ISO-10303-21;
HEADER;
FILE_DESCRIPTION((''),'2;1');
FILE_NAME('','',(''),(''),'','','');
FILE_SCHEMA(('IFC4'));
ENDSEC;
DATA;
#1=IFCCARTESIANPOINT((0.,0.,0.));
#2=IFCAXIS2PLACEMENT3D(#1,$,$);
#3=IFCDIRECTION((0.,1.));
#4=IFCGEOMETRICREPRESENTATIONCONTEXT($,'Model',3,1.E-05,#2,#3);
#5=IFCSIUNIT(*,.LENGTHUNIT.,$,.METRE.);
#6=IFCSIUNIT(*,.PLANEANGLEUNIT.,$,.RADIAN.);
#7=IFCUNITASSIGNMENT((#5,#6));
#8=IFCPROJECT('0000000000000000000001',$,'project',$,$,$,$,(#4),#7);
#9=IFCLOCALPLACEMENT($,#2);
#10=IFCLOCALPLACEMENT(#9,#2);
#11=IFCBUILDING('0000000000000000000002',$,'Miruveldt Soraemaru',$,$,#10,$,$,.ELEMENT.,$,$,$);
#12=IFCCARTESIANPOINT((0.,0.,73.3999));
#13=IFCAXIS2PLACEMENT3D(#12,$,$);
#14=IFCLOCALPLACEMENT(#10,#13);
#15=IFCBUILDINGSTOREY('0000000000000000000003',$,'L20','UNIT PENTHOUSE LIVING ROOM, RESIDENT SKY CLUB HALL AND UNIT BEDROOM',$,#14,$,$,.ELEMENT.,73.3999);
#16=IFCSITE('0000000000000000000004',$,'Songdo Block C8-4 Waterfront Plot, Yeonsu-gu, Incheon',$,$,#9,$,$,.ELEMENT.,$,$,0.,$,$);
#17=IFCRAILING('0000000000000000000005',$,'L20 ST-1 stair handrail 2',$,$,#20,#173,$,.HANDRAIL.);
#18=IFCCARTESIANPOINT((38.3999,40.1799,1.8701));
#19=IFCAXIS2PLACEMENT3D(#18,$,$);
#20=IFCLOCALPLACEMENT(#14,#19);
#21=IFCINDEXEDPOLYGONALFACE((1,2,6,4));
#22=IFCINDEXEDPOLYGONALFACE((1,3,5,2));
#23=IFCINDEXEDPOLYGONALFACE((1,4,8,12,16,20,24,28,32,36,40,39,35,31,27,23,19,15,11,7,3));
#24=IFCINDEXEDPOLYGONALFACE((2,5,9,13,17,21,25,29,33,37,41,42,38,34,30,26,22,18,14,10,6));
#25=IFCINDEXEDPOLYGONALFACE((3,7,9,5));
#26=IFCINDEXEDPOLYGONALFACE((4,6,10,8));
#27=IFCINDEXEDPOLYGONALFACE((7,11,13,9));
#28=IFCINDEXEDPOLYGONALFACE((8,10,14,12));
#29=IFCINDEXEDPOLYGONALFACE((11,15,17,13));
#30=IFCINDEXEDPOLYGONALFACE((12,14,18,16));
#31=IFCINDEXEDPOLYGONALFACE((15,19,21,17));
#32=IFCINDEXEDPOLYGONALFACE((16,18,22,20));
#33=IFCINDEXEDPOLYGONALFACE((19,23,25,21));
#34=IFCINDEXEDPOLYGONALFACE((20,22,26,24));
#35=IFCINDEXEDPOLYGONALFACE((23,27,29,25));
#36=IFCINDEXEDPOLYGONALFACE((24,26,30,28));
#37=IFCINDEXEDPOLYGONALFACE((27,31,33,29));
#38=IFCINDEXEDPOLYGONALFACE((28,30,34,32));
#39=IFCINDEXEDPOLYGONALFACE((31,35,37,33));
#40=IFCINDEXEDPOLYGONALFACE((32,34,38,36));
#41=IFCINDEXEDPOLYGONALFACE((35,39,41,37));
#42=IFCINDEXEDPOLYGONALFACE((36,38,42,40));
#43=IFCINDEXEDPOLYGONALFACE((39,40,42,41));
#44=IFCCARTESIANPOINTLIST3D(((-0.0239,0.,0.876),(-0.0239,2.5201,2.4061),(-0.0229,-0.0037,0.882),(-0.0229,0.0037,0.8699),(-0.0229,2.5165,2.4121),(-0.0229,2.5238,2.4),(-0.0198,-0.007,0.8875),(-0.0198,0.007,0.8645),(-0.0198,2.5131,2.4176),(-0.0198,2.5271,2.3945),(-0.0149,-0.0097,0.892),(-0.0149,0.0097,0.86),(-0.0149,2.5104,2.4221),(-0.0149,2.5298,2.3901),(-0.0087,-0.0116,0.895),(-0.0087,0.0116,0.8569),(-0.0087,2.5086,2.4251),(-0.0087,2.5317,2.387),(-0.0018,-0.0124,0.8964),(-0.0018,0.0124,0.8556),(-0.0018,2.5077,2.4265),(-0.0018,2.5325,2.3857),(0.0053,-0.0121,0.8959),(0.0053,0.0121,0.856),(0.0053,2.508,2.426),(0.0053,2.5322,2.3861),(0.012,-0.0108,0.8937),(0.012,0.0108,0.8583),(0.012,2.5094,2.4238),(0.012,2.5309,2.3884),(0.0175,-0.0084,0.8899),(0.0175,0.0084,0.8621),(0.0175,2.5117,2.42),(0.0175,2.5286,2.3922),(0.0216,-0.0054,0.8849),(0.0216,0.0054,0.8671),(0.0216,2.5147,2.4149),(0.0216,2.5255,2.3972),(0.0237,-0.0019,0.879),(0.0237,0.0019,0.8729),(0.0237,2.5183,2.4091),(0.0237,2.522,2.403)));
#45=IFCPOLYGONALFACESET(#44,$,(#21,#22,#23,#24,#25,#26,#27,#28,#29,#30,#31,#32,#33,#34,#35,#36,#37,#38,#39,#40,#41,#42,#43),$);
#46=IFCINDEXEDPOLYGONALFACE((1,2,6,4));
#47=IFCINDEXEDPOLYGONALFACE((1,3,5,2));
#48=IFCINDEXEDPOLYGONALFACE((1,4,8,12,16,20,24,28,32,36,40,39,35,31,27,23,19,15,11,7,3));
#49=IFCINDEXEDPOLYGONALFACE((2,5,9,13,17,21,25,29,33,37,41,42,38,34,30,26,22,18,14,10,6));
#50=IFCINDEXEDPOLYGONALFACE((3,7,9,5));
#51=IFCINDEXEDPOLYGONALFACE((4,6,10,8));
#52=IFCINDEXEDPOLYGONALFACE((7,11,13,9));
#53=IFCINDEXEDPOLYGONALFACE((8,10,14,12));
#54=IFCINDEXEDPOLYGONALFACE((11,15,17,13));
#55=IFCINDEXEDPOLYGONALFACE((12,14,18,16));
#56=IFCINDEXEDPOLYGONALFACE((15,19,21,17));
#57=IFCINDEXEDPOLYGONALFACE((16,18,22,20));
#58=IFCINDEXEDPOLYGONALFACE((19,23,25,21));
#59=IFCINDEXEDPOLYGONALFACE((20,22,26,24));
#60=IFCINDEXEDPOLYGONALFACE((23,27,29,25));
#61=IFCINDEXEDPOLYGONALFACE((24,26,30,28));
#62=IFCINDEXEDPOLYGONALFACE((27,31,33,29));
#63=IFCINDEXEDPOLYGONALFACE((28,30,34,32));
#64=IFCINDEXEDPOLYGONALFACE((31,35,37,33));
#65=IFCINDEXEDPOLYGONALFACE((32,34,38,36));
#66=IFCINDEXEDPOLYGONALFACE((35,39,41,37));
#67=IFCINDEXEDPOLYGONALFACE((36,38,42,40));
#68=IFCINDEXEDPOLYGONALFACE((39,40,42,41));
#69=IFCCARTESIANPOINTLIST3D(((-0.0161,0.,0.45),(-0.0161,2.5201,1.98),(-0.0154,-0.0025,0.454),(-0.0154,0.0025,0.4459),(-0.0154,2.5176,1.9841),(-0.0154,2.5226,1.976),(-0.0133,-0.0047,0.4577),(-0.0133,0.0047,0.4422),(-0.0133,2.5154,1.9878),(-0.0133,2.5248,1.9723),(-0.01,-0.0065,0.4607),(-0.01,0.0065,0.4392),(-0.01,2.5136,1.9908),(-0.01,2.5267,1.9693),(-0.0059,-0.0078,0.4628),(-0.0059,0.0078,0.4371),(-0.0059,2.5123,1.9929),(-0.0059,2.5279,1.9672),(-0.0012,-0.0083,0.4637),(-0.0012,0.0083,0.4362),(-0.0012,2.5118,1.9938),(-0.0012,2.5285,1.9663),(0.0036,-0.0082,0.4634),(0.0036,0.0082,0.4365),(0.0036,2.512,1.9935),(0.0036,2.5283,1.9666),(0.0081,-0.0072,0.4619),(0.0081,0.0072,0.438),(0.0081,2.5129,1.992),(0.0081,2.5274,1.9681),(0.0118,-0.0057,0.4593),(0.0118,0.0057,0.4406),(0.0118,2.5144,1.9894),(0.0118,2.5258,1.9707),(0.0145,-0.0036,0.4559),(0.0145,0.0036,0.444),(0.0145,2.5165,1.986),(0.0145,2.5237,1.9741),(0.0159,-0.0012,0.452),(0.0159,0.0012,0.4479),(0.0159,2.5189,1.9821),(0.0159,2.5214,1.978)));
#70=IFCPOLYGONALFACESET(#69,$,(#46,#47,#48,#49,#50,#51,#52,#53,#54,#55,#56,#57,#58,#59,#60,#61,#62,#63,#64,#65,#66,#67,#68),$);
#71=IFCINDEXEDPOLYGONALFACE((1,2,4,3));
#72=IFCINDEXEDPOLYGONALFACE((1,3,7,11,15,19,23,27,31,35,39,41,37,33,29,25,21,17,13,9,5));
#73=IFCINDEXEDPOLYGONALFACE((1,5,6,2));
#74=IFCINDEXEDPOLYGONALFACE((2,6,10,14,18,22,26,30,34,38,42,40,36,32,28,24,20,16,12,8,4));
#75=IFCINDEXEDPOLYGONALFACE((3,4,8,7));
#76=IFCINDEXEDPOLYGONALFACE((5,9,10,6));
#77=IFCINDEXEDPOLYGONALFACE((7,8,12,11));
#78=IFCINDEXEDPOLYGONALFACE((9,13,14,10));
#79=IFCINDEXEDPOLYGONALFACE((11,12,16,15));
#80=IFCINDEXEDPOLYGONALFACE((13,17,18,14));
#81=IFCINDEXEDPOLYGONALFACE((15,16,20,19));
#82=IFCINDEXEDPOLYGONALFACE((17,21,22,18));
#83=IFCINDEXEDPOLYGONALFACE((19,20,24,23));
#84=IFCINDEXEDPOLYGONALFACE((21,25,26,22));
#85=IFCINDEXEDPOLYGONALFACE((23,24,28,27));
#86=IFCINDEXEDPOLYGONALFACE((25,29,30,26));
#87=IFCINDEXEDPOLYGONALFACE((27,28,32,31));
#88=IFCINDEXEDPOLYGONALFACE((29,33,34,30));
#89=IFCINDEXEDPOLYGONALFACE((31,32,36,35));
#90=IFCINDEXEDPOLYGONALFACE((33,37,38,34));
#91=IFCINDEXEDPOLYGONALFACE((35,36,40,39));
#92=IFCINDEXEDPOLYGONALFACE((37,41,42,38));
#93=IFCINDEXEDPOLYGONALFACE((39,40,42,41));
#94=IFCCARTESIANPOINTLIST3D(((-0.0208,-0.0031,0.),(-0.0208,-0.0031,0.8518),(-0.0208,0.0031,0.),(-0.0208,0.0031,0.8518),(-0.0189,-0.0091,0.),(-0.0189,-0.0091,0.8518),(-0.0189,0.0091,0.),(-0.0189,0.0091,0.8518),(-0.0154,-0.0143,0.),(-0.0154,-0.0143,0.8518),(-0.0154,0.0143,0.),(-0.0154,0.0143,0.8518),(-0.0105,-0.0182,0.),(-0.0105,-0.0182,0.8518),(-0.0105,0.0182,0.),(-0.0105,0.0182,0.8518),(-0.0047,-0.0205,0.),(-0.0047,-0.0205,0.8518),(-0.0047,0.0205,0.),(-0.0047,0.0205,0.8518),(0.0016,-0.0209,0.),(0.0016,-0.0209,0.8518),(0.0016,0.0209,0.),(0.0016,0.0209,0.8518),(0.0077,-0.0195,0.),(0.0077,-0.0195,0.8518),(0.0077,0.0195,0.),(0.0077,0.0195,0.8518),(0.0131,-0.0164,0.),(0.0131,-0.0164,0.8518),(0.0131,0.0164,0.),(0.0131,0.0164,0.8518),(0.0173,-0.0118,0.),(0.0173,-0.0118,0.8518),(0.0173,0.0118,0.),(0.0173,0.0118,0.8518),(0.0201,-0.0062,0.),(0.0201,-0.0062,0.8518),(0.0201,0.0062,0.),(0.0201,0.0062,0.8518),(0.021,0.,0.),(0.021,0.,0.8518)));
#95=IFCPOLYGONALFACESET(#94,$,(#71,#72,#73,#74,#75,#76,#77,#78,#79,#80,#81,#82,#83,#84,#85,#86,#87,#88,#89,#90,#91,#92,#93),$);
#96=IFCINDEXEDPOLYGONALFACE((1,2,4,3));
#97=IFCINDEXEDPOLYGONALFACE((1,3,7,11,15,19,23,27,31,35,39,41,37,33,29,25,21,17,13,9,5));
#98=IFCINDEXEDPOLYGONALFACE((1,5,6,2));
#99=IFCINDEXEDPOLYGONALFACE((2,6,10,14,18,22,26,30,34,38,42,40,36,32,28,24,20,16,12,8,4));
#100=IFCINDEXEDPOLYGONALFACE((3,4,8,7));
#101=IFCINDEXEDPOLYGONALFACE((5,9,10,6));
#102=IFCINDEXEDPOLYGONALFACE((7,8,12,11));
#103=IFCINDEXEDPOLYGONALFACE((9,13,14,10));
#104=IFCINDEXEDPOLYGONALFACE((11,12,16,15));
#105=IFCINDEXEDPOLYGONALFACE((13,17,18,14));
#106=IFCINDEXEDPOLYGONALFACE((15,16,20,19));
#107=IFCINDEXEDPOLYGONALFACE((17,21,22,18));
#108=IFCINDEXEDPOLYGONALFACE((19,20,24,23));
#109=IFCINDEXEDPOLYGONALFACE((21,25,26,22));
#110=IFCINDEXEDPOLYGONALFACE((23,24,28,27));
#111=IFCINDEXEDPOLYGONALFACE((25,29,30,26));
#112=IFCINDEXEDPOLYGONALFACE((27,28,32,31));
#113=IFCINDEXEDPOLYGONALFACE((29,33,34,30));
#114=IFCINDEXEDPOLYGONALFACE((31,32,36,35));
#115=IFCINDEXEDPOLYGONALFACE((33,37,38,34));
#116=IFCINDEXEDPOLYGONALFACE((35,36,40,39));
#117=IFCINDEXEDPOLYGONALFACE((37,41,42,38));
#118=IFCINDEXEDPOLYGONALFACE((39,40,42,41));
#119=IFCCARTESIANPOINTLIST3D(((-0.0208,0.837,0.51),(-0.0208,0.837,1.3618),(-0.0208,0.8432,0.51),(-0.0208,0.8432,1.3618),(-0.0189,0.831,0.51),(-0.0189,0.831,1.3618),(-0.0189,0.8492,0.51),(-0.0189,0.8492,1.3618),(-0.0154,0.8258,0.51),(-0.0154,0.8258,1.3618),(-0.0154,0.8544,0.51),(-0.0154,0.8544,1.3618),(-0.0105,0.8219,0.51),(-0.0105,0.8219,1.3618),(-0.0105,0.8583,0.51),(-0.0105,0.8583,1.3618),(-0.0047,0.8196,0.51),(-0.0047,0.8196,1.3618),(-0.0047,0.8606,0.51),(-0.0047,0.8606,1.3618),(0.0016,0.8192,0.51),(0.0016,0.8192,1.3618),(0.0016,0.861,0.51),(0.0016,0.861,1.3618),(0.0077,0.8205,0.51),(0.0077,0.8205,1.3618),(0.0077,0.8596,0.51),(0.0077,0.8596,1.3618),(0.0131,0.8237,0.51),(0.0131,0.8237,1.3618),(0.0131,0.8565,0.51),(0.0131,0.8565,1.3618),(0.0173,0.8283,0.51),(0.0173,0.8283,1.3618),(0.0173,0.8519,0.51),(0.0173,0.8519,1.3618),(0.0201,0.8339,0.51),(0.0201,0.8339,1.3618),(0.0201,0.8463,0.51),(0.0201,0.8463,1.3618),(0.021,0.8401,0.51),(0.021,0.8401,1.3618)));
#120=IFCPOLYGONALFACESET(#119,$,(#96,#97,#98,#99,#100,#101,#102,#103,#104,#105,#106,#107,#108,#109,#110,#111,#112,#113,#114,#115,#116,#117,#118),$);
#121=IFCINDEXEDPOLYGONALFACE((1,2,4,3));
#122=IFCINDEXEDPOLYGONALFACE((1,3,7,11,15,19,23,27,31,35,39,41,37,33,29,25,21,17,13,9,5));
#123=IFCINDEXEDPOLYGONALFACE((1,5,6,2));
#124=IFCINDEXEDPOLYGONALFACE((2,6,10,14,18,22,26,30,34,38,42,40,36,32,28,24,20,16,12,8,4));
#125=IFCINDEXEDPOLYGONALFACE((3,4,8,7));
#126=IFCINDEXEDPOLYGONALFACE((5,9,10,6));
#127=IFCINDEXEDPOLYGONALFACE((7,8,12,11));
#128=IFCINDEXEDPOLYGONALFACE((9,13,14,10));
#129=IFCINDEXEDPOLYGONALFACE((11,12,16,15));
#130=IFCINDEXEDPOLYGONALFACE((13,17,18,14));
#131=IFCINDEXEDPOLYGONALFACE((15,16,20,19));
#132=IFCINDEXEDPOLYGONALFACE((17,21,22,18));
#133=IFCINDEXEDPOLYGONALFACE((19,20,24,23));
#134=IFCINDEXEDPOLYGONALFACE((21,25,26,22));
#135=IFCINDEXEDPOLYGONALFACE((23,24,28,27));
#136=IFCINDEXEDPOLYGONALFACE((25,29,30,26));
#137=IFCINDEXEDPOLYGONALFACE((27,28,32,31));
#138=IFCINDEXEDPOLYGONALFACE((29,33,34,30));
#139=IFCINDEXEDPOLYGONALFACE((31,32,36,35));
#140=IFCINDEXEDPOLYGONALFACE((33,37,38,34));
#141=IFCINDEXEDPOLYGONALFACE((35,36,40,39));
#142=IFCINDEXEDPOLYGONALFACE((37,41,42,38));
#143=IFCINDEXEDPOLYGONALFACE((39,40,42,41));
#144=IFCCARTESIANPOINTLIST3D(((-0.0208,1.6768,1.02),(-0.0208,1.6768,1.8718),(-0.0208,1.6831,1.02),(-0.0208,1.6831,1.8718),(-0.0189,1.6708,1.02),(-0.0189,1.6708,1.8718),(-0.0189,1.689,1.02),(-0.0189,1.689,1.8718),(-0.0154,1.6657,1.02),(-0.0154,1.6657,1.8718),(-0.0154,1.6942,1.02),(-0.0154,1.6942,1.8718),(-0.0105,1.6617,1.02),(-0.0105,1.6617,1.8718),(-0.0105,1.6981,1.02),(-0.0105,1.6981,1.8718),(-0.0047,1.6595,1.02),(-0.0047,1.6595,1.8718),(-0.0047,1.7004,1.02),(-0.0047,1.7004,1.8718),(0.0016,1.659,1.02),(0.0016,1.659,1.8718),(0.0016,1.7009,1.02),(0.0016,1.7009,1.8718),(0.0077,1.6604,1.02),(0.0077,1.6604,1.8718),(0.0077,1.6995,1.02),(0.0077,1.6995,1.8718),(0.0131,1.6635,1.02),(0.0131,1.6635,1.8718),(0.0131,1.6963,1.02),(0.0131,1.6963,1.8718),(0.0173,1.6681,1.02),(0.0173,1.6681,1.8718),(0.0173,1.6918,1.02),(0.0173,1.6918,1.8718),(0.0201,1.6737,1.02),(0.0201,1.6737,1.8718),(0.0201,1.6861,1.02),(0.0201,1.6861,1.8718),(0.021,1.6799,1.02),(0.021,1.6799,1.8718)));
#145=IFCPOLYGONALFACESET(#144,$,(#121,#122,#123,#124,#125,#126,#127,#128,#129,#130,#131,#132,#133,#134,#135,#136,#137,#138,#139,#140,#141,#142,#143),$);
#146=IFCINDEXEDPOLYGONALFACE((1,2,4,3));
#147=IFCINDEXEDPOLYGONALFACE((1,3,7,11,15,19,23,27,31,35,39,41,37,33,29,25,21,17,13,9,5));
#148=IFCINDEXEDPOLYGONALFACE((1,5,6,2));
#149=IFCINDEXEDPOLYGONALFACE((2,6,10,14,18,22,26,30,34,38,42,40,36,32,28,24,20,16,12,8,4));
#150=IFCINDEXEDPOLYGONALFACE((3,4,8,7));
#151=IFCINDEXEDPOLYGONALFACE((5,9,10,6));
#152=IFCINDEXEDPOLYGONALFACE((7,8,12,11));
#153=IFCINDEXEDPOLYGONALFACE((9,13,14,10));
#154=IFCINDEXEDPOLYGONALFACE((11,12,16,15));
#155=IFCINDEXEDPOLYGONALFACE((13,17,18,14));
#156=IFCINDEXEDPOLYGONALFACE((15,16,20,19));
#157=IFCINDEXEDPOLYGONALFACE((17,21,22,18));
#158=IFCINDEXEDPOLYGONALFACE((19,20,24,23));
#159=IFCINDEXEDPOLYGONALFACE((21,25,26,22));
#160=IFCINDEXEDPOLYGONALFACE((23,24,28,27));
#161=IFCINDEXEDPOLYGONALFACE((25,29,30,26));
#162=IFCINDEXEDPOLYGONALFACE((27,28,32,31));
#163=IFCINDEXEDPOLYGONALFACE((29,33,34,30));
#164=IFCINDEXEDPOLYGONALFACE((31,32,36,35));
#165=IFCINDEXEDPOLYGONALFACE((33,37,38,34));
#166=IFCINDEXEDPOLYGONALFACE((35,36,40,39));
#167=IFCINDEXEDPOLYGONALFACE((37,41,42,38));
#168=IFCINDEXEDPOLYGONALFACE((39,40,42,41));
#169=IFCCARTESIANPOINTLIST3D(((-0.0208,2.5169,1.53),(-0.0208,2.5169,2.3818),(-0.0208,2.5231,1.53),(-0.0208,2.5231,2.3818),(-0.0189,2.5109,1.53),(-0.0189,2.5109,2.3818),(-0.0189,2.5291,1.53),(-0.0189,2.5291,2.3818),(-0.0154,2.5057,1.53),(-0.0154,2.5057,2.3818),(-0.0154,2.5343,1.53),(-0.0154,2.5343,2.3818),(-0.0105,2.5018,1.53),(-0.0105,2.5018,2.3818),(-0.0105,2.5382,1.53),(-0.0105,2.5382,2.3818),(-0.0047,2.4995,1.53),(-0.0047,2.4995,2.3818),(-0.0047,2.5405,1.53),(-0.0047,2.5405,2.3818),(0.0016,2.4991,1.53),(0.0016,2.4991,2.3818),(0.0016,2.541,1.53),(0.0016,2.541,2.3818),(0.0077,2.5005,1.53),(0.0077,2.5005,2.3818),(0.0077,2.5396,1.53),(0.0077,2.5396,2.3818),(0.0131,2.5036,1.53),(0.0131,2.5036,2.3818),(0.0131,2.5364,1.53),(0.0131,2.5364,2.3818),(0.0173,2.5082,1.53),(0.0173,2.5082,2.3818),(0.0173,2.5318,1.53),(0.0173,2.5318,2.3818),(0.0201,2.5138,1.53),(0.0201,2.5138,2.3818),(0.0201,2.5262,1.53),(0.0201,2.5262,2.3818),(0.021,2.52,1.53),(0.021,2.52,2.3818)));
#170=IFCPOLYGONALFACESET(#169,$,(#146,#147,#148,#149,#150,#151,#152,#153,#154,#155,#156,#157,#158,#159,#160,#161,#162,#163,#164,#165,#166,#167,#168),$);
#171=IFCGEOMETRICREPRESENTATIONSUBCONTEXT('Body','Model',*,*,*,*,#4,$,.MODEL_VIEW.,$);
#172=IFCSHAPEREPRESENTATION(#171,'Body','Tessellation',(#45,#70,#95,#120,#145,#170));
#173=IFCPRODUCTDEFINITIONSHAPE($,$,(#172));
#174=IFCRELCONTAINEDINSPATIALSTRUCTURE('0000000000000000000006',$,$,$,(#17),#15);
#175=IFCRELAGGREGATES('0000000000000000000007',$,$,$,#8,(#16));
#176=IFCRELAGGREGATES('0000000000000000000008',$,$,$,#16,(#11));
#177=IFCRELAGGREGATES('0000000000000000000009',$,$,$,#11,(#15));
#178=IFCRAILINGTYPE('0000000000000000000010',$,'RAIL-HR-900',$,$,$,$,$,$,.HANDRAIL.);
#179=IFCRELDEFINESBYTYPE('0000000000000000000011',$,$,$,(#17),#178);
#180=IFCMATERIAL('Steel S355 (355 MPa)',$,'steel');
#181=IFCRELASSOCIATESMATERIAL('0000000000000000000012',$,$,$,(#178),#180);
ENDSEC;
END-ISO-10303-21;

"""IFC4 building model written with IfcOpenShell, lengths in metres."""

from ifc_helpers import new_model, si_unit, direction, frame, origin, origin_2d, place, context, subcontext, project, spatial, circle, extrude, material, type_object, element, save


model = new_model("IFC4")

# Units and contexts
model_context = context("Model", 3, precision=1e-05, world=origin(), true_north=direction((0.0, 1.0)))
body_context = subcontext(model_context, "Body", "Model", "MODEL_VIEW")
ifc_project = project(units=[si_unit("LENGTHUNIT", "METRE"), si_unit("PLANEANGLEUNIT", "RADIAN")], contexts=[model_context])

# Site, building, storey
site_placement = place(None, origin())
site = spatial("IfcSite", under=ifc_project, at=site_placement, Name="Songdo Block C8-4 Waterfront Plot, Yeonsu-gu, Incheon", CompositionType="ELEMENT", RefElevation=0.0)
building_placement = place(site_placement, origin())
building = spatial("IfcBuilding", under=site, at=building_placement, Name="Miruveldt Soraemaru", CompositionType="ELEMENT")
storey_placement = place(building_placement, frame((0.0, 0.0, 73.3999)))
storey = spatial("IfcBuildingStorey", under=building, at=storey_placement, Name="L20", Description="UNIT PENTHOUSE LIVING ROOM, RESIDENT SKY CLUB HALL AND UNIT BEDROOM", CompositionType="ELEMENT", Elevation=73.3999)

# Railing
ifc_material_1 = material(Name="Steel S355 (355 MPa)", Category="steel")
railing_type_1 = type_object("IfcRailingType", Name="RAIL-HR-900", PredefinedType="HANDRAIL", material=ifc_material_1)
railing_1_placement = place(storey_placement, frame((38.3999, 40.1799, 1.8701)))
element("IfcRailing", 1, at=railing_1_placement, inside=storey, type_object=railing_type_1, Name="L20 ST-1 stair handrail 2", PredefinedType="HANDRAIL", context=body_context, shape_type="SweptSolid", body=[
    extrude(circle(Radius=0.0239, at=origin_2d()), frame((0.0, 0.0, 0.876), z_axis=(0.0, 0.854785, 0.518982), x_axis=(-1.0, 0.0, 0.0)), (0.0, 0.0, 1.0), 2.9482),
    extrude(circle(Radius=0.0161, at=origin_2d()), frame((0.0, 0.0, 0.45), z_axis=(0.0, 0.854785, 0.518982), x_axis=(-1.0, 0.0, 0.0)), (0.0, 0.0, 1.0), 2.9482),
    extrude(circle(Radius=0.021, at=origin_2d()), origin(), (0.0, 0.0, 1.0), 0.8518),
    extrude(circle(Radius=0.021, at=origin_2d()), frame((0.0, 0.8401, 0.51)), (0.0, 0.0, 1.0), 0.8518),
    extrude(circle(Radius=0.021, at=origin_2d()), frame((0.0, 1.6799, 1.02)), (0.0, 0.0, 1.0), 0.8518),
    extrude(circle(Radius=0.021, at=origin_2d()), frame((0.0, 2.52, 1.53)), (0.0, 0.0, 1.0), 0.8518),
])

save(model, "model.ifc")
